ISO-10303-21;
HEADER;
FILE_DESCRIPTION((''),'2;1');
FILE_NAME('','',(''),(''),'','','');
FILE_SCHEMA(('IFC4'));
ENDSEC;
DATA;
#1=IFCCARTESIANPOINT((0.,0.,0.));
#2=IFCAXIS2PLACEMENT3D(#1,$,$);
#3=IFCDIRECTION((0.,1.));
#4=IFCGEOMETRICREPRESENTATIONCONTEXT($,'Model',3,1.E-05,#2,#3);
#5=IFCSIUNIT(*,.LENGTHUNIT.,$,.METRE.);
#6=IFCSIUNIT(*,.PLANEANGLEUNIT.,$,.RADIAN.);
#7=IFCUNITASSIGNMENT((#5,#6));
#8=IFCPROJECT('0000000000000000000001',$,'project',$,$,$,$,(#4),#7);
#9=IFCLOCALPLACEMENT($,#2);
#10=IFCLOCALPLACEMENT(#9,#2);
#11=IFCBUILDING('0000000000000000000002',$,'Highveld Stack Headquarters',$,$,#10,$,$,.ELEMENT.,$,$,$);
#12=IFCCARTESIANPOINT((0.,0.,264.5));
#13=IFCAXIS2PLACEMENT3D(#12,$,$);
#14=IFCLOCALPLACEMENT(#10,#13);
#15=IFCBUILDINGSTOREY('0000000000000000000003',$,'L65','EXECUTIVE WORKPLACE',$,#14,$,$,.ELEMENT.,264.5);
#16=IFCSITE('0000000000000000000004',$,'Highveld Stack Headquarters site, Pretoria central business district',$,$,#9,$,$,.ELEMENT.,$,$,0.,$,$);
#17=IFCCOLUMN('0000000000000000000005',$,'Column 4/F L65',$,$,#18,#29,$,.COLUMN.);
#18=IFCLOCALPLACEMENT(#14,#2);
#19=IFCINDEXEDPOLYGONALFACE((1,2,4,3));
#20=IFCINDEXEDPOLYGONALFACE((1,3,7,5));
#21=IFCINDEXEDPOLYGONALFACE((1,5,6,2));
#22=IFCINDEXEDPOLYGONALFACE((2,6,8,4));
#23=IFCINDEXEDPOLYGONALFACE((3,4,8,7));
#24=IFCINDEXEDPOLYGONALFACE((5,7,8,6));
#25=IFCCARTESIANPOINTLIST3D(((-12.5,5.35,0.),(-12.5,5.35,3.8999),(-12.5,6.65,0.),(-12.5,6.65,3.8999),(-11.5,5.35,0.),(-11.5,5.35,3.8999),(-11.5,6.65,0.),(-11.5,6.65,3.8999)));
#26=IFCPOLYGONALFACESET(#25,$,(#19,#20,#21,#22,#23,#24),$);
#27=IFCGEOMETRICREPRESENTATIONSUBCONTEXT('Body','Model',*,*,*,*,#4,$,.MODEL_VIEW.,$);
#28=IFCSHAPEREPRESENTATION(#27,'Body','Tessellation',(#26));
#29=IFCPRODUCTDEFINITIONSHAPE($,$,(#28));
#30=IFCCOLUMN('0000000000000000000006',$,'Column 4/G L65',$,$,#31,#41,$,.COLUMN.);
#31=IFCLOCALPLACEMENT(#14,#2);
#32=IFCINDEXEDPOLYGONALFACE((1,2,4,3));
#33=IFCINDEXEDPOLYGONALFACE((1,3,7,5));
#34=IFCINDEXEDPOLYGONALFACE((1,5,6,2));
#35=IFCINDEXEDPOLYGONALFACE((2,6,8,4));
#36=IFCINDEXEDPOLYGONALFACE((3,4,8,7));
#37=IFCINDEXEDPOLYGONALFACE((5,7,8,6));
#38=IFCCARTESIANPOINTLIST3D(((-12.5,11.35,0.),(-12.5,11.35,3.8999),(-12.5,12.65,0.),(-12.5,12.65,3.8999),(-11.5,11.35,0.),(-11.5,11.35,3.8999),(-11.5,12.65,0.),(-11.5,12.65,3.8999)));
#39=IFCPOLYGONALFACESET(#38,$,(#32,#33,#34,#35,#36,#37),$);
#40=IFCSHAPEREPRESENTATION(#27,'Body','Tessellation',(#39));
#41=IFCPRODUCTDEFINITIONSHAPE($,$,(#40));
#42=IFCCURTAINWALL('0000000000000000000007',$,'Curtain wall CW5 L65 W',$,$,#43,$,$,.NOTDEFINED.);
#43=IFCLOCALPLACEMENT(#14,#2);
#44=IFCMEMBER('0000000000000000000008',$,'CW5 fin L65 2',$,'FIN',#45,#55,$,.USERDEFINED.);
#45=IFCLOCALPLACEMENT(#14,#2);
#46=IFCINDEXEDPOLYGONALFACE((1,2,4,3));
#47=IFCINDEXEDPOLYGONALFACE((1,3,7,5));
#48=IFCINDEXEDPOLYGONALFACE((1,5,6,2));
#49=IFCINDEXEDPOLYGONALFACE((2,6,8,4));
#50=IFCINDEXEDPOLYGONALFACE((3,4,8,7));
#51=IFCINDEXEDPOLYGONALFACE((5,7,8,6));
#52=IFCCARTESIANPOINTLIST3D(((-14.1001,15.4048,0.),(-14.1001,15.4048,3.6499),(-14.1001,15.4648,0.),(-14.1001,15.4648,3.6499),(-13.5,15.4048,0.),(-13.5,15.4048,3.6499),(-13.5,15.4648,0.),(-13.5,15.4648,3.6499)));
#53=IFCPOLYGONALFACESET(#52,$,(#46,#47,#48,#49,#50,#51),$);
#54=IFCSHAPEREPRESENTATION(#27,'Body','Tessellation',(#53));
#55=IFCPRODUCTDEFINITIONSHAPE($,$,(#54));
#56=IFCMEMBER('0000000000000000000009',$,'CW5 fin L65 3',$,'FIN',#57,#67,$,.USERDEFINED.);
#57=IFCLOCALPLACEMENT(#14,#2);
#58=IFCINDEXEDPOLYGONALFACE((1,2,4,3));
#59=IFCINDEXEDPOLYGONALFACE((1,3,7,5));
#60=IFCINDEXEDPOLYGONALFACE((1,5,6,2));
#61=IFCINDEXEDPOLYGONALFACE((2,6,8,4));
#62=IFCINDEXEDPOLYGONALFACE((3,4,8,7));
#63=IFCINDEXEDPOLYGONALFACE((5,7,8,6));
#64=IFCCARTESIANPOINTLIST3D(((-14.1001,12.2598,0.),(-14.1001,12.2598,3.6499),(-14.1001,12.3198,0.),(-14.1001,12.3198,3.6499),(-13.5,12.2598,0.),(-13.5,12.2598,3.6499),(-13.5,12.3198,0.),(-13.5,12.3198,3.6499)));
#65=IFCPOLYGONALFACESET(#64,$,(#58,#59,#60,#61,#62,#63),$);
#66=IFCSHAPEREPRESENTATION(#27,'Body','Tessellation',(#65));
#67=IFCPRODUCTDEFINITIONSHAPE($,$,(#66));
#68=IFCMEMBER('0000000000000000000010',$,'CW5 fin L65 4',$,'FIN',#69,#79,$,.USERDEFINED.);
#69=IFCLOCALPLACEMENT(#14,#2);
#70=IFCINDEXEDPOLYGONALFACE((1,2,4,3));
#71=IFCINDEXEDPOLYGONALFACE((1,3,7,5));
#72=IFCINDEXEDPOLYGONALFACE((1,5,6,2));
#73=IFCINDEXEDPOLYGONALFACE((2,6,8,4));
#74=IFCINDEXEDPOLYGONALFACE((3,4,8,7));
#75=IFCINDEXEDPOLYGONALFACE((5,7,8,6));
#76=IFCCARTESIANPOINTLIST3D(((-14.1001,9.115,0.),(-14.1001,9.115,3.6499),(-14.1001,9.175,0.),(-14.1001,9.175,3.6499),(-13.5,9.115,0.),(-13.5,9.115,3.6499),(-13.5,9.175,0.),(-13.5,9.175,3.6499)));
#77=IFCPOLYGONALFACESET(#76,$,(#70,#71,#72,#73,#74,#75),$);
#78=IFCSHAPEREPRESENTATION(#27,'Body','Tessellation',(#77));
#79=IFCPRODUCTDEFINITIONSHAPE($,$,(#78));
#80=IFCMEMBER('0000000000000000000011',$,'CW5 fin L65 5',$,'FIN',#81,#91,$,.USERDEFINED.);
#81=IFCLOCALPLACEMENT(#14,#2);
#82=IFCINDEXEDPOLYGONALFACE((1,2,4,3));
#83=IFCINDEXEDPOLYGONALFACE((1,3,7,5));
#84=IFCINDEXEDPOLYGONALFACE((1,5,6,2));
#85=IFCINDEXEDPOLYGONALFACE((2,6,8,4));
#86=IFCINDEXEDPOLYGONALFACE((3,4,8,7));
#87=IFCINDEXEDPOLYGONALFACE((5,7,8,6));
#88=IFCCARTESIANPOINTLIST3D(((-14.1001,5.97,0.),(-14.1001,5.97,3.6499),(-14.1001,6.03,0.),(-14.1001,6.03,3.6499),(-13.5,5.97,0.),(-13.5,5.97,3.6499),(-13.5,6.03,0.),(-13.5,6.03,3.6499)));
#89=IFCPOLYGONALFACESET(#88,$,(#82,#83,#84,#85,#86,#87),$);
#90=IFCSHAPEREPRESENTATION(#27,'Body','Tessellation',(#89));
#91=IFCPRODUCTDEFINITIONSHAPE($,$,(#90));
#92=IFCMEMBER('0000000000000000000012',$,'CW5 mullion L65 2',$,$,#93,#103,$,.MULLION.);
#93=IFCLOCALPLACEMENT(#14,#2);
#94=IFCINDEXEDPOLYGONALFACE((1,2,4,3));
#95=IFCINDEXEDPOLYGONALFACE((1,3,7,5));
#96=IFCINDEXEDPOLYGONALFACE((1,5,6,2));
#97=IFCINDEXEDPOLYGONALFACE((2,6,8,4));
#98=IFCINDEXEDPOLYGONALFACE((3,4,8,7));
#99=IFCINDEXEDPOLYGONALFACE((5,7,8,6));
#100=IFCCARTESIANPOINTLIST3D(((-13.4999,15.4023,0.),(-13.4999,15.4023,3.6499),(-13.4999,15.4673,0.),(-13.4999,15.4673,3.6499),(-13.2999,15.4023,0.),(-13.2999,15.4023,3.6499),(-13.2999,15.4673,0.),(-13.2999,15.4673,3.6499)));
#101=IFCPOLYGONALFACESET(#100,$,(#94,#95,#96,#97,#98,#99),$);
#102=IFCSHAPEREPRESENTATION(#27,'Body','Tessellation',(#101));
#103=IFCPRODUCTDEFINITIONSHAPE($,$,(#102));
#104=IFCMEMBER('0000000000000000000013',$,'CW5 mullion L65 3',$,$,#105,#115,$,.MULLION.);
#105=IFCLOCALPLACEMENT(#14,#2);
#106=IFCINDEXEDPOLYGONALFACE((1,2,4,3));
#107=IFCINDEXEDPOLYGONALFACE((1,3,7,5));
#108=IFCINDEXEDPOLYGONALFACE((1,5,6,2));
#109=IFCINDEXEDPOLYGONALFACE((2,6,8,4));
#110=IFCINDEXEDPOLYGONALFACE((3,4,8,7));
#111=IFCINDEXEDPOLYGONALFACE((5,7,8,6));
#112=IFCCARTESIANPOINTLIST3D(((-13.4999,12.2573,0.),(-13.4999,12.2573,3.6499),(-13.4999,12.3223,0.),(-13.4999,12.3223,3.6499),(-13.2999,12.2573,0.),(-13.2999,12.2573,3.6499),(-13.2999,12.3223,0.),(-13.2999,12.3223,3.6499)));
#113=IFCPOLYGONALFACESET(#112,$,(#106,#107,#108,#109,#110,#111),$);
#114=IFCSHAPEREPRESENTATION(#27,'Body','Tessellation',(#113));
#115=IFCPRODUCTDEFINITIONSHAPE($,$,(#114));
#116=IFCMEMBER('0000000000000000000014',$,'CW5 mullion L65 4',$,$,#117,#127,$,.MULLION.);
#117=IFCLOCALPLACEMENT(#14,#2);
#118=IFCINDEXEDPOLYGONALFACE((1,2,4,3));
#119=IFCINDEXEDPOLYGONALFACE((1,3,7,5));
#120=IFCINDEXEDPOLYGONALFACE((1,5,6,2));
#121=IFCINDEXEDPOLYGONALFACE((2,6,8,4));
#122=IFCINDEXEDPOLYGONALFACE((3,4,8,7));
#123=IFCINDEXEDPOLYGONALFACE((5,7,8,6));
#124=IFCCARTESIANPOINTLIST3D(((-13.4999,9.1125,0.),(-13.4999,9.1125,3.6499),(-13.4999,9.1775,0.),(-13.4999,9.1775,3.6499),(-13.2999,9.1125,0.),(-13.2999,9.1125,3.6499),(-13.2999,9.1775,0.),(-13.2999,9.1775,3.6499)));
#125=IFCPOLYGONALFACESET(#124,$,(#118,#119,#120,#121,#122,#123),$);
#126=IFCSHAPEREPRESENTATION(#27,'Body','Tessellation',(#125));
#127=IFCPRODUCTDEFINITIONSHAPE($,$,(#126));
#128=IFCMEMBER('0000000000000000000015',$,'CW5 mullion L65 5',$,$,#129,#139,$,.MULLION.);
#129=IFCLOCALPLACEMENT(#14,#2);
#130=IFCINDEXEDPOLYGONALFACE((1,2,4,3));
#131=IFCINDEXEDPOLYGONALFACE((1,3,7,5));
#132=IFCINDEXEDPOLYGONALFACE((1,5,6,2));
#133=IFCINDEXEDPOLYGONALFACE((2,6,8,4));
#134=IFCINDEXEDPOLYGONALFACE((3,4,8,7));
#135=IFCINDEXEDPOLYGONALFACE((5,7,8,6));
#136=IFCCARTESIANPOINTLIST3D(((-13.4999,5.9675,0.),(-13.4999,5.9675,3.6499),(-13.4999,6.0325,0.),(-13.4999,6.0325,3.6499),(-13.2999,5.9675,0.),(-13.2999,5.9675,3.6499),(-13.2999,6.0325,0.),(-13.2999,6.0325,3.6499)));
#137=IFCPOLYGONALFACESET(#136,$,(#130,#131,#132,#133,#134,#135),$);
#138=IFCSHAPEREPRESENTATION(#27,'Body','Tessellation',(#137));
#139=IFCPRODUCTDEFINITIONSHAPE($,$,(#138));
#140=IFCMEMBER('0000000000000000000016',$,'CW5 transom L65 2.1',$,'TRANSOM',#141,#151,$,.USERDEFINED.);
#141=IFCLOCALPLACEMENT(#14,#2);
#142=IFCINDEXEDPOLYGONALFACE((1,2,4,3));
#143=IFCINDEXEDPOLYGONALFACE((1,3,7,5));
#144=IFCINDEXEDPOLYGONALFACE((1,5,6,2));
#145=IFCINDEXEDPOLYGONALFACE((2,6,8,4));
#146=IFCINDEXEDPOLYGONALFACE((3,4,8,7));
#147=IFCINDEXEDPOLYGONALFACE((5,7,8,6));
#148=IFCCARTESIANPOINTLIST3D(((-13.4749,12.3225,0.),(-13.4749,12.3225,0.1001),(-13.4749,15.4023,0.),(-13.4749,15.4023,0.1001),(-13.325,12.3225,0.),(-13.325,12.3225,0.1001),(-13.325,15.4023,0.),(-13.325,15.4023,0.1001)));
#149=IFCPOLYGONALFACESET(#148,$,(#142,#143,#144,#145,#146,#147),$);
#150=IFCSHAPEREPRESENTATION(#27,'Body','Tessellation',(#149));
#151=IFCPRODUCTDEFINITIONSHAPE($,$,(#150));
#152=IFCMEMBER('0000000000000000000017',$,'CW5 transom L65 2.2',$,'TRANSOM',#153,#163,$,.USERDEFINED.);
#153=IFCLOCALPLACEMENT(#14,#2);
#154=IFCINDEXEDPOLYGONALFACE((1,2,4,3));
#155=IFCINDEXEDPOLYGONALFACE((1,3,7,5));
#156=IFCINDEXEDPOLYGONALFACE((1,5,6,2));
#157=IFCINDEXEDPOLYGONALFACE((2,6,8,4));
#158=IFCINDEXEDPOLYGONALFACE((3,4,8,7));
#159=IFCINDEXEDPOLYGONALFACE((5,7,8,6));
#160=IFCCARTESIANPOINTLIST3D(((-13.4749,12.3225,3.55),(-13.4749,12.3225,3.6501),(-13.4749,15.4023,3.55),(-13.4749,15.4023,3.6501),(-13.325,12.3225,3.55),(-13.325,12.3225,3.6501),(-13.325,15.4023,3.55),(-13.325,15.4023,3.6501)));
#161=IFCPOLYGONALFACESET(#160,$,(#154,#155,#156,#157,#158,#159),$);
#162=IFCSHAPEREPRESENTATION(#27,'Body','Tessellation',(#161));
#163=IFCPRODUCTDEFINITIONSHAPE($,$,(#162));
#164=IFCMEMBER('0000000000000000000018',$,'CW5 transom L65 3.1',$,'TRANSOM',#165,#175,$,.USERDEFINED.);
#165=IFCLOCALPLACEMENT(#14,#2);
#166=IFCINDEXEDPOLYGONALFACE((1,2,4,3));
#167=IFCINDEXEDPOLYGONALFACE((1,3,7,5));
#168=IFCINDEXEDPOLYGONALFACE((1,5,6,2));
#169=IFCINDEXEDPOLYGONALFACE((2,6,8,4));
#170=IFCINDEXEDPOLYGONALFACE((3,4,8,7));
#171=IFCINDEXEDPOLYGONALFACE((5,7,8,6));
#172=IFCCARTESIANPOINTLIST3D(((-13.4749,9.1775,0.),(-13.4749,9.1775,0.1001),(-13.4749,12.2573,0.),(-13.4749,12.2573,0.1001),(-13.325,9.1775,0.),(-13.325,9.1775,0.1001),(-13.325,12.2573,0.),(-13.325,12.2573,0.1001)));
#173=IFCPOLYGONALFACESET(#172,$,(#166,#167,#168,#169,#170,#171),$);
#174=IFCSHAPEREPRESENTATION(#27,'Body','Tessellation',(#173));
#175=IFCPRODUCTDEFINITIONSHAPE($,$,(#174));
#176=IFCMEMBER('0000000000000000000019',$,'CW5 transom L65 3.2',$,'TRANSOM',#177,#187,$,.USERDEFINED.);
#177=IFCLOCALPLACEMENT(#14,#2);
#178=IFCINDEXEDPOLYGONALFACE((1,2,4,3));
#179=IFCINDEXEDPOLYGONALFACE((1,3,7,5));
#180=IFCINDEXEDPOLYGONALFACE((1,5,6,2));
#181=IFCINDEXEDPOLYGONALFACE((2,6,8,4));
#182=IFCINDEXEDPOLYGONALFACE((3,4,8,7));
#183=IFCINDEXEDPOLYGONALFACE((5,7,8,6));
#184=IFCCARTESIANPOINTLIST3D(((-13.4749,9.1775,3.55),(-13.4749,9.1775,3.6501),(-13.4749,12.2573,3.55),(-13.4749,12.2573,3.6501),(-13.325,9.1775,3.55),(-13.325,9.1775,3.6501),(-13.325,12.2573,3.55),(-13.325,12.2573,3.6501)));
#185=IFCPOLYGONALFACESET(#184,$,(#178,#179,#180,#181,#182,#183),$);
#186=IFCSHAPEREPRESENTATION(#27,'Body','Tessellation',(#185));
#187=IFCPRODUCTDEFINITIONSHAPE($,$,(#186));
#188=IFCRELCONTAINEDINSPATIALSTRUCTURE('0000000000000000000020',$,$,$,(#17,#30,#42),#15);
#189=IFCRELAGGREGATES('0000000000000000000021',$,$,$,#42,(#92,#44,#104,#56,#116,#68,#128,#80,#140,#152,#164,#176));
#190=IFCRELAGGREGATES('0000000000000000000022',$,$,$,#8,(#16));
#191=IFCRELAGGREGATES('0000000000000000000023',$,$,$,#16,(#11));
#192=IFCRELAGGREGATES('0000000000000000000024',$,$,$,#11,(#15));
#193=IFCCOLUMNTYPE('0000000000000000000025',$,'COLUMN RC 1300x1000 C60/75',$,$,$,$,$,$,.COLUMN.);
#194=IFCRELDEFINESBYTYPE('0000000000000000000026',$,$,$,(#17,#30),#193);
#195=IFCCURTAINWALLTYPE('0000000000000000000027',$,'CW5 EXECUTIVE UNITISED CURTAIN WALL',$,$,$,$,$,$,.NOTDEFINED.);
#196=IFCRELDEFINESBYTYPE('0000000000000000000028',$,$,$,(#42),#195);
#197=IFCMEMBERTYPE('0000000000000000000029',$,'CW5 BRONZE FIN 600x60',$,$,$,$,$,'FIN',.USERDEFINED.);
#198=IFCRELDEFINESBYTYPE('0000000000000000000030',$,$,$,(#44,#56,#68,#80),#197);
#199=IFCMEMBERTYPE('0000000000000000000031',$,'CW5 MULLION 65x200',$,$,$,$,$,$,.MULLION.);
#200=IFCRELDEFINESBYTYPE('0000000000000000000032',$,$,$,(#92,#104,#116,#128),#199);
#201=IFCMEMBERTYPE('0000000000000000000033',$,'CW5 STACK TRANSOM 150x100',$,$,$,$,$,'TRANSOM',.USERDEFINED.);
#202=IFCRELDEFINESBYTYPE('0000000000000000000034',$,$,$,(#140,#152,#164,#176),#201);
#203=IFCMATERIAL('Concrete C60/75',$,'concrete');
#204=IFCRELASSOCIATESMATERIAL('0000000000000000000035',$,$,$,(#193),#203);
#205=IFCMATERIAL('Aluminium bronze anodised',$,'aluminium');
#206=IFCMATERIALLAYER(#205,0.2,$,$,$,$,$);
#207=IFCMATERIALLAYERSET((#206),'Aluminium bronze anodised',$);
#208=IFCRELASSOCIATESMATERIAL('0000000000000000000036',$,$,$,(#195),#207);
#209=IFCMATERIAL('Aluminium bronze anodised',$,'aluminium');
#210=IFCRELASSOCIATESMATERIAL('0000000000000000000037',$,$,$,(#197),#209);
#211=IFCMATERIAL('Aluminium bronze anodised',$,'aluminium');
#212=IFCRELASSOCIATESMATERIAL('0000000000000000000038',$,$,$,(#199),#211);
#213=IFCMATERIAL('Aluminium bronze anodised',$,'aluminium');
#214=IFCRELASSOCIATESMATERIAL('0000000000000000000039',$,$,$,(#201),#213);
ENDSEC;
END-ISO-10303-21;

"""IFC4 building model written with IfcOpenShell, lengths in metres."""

from ifc_helpers import new_model, si_unit, direction, frame, origin, origin_2d, place, context, subcontext, project, spatial, rectangle, extrude, material, layer, layer_set, material_profile, profile_set, type_object, element, aggregate, save


model = new_model("IFC4")

# Units and contexts
model_context = context("Model", 3, precision=1e-05, world=origin(), true_north=direction((0.0, 1.0)))
body_context = subcontext(model_context, "Body", "Model", "MODEL_VIEW")
ifc_project = project(units=[si_unit("LENGTHUNIT", "METRE"), si_unit("PLANEANGLEUNIT", "RADIAN")], contexts=[model_context])

# Site, building, storey
site_placement = place(None, origin())
site = spatial("IfcSite", under=ifc_project, at=site_placement, Name="Highveld Stack Headquarters site, Pretoria central business district", CompositionType="ELEMENT", RefElevation=0.0)
building_placement = place(site_placement, origin())
building = spatial("IfcBuilding", under=site, at=building_placement, Name="Highveld Stack Headquarters", CompositionType="ELEMENT")
storey_placement = place(building_placement, frame((0.0, 0.0, 264.5)))
storey = spatial("IfcBuildingStorey", under=building, at=storey_placement, Name="L65", Description="EXECUTIVE WORKPLACE", CompositionType="ELEMENT", Elevation=264.5)

# Columns
ifc_material_1 = material(Name="Concrete C60/75", Category="concrete")
ifc_material_profile_1 = material_profile(ifc_material_1, rectangle(XDim=1.3, YDim=1.0, at=origin_2d()), Name="RC 1300x1000")
ifc_profile_set_1 = profile_set([ifc_material_profile_1], Name="Concrete C60/75")
column_type = type_object("IfcColumnType", Name="COLUMN RC 1300x1000 C60/75", PredefinedType="COLUMN", material=ifc_profile_set_1)
for number, where, z_axis, x_axis, name in (
    (1, (-12.0, 6.0, 0.0), (0.0, 0.0, 1.0), (0.0, 1.0, 0.0), "Column 4/F L65"),
    (2, (-12.0, 12.0, 0.0), (0.0, 0.0, 1.0), (0.0, 1.0, 0.0), "Column 4/G L65"),
):
    element("IfcColumn", number, at=place(storey_placement, frame(where, z_axis=z_axis, x_axis=x_axis)), inside=storey, type_object=column_type, Name=name, PredefinedType="COLUMN", context=body_context, shape_type="SweptSolid", body=[
        extrude(rectangle(XDim=1.3, YDim=1.0, at=origin_2d()), origin(), (0.0, 0.0, 1.0), 3.8999),
    ])

# Curtain wall, members
ifc_material_2 = material(Name="Aluminium bronze anodised", Category="aluminium")
ifc_layer_1 = layer(ifc_material_2, 0.2)
ifc_layer_set_1 = layer_set([ifc_layer_1], Name="Aluminium bronze anodised")
curtain_wall_type = type_object("IfcCurtainWallType", Name="CW5 EXECUTIVE UNITISED CURTAIN WALL", PredefinedType="NOTDEFINED", material=ifc_layer_set_1)
curtain_wall_placement = place(storey_placement, origin())
curtain_wall = element("IfcCurtainWall", 3, at=curtain_wall_placement, inside=storey, type_object=curtain_wall_type, Name="Curtain wall CW5 L65 W", PredefinedType="NOTDEFINED")
ifc_material_3 = material(Name="Aluminium bronze anodised", Category="aluminium")
ifc_material_profile_2 = material_profile(ifc_material_3, rectangle(XDim=0.6001, YDim=0.0601, at=origin_2d()), Name="FIN 600x60")
ifc_profile_set_2 = profile_set([ifc_material_profile_2], Name="Aluminium bronze anodised")
member_type_1 = type_object("IfcMemberType", Name="CW5 BRONZE FIN 600x60", ElementType="FIN", PredefinedType="USERDEFINED", material=ifc_profile_set_2)
member_1_placement = place(storey_placement, frame((-13.8, 15.4348, 0.0), z_axis=(0.0, 0.0, 1.0), x_axis=(1.0, 0.0, 0.0)))
member_1 = element("IfcMember", 4, at=member_1_placement, type_object=member_type_1, Name="CW5 fin L65 2", ObjectType="FIN", PredefinedType="USERDEFINED", context=body_context, shape_type="SweptSolid", body=[
    extrude(rectangle(XDim=0.6001, YDim=0.0601, at=origin_2d()), origin(), (0.0, 0.0, 1.0), 3.6499),
])
member_2_placement = place(storey_placement, frame((-13.8, 12.2898, 0.0), z_axis=(0.0, 0.0, 1.0), x_axis=(1.0, 0.0, 0.0)))
member_2 = element("IfcMember", 5, at=member_2_placement, type_object=member_type_1, Name="CW5 fin L65 3", ObjectType="FIN", PredefinedType="USERDEFINED", context=body_context, shape_type="SweptSolid", body=[
    extrude(rectangle(XDim=0.6001, YDim=0.0601, at=origin_2d()), origin(), (0.0, 0.0, 1.0), 3.6499),
])
member_3_placement = place(storey_placement, frame((-13.8, 9.145, 0.0), z_axis=(0.0, 0.0, 1.0), x_axis=(1.0, 0.0, 0.0)))
member_3 = element("IfcMember", 6, at=member_3_placement, type_object=member_type_1, Name="CW5 fin L65 4", ObjectType="FIN", PredefinedType="USERDEFINED", context=body_context, shape_type="SweptSolid", body=[
    extrude(rectangle(XDim=0.6001, YDim=0.0601, at=origin_2d()), origin(), (0.0, 0.0, 1.0), 3.6499),
])
member_4_placement = place(storey_placement, frame((-13.8, 6.0, 0.0), z_axis=(0.0, 0.0, 1.0), x_axis=(1.0, 0.0, 0.0)))
member_4 = element("IfcMember", 7, at=member_4_placement, type_object=member_type_1, Name="CW5 fin L65 5", ObjectType="FIN", PredefinedType="USERDEFINED", context=body_context, shape_type="SweptSolid", body=[
    extrude(rectangle(XDim=0.6001, YDim=0.0601, at=origin_2d()), origin(), (0.0, 0.0, 1.0), 3.6499),
])
ifc_material_4 = material(Name="Aluminium bronze anodised", Category="aluminium")
ifc_material_profile_3 = material_profile(ifc_material_4, rectangle(XDim=0.2, YDim=0.0649, at=origin_2d()), Name="CW5 MULLION 65x200")
ifc_profile_set_3 = profile_set([ifc_material_profile_3], Name="Aluminium bronze anodised")
member_type_2 = type_object("IfcMemberType", Name="CW5 MULLION 65x200", PredefinedType="MULLION", material=ifc_profile_set_3)
member_5_placement = place(storey_placement, frame((-13.3999, 15.4348, 0.0), z_axis=(0.0, 0.0, 1.0), x_axis=(1.0, 0.0, 0.0)))
member_5 = element("IfcMember", 8, at=member_5_placement, type_object=member_type_2, Name="CW5 mullion L65 2", PredefinedType="MULLION", context=body_context, shape_type="SweptSolid", body=[
    extrude(rectangle(XDim=0.2, YDim=0.0649, at=origin_2d()), origin(), (0.0, 0.0, 1.0), 3.6499),
])
member_6_placement = place(storey_placement, frame((-13.3999, 12.2898, 0.0), z_axis=(0.0, 0.0, 1.0), x_axis=(1.0, 0.0, 0.0)))
member_6 = element("IfcMember", 9, at=member_6_placement, type_object=member_type_2, Name="CW5 mullion L65 3", PredefinedType="MULLION", context=body_context, shape_type="SweptSolid", body=[
    extrude(rectangle(XDim=0.2, YDim=0.0649, at=origin_2d()), origin(), (0.0, 0.0, 1.0), 3.6499),
])
member_7_placement = place(storey_placement, frame((-13.3999, 9.145, 0.0), z_axis=(0.0, 0.0, 1.0), x_axis=(1.0, 0.0, 0.0)))
member_7 = element("IfcMember", 10, at=member_7_placement, type_object=member_type_2, Name="CW5 mullion L65 4", PredefinedType="MULLION", context=body_context, shape_type="SweptSolid", body=[
    extrude(rectangle(XDim=0.2, YDim=0.0649, at=origin_2d()), origin(), (0.0, 0.0, 1.0), 3.6499),
])
member_8_placement = place(storey_placement, frame((-13.3999, 6.0, 0.0), z_axis=(0.0, 0.0, 1.0), x_axis=(1.0, 0.0, 0.0)))
member_8 = element("IfcMember", 11, at=member_8_placement, type_object=member_type_2, Name="CW5 mullion L65 5", PredefinedType="MULLION", context=body_context, shape_type="SweptSolid", body=[
    extrude(rectangle(XDim=0.2, YDim=0.0649, at=origin_2d()), origin(), (0.0, 0.0, 1.0), 3.6499),
])
ifc_material_5 = material(Name="Aluminium bronze anodised", Category="aluminium")
ifc_material_profile_4 = material_profile(ifc_material_5, rectangle(XDim=0.1499, YDim=0.1001, at=origin_2d()), Name="CW5 TRANSOM 150x100")
ifc_profile_set_4 = profile_set([ifc_material_profile_4], Name="Aluminium bronze anodised")
member_type_3 = type_object("IfcMemberType", Name="CW5 STACK TRANSOM 150x100", ElementType="TRANSOM", PredefinedType="USERDEFINED", material=ifc_profile_set_4)
member_9_placement = place(storey_placement, frame((-13.3999, 15.4023, 0.05), z_axis=(0.0, -1.0, 0.0), x_axis=(1.0, 0.0, 0.0)))
member_9 = element("IfcMember", 12, at=member_9_placement, type_object=member_type_3, Name="CW5 transom L65 2.1", ObjectType="TRANSOM", PredefinedType="USERDEFINED", context=body_context, shape_type="SweptSolid", body=[
    extrude(rectangle(XDim=0.1499, YDim=0.1001, at=origin_2d()), origin(), (0.0, 0.0, 1.0), 3.0798),
])
member_10_placement = place(storey_placement, frame((-13.3999, 15.4023, 3.6001), z_axis=(0.0, -1.0, 0.0), x_axis=(1.0, 0.0, 0.0)))
member_10 = element("IfcMember", 13, at=member_10_placement, type_object=member_type_3, Name="CW5 transom L65 2.2", ObjectType="TRANSOM", PredefinedType="USERDEFINED", context=body_context, shape_type="SweptSolid", body=[
    extrude(rectangle(XDim=0.1499, YDim=0.1001, at=origin_2d()), origin(), (0.0, 0.0, 1.0), 3.0798),
])
member_11_placement = place(storey_placement, frame((-13.3999, 12.2573, 0.05), z_axis=(0.0, -1.0, 0.0), x_axis=(1.0, 0.0, 0.0)))
member_11 = element("IfcMember", 14, at=member_11_placement, type_object=member_type_3, Name="CW5 transom L65 3.1", ObjectType="TRANSOM", PredefinedType="USERDEFINED", context=body_context, shape_type="SweptSolid", body=[
    extrude(rectangle(XDim=0.1499, YDim=0.1001, at=origin_2d()), origin(), (0.0, 0.0, 1.0), 3.0798),
])
member_12_placement = place(storey_placement, frame((-13.3999, 12.2573, 3.6001), z_axis=(0.0, -1.0, 0.0), x_axis=(1.0, 0.0, 0.0)))
member_12 = element("IfcMember", 15, at=member_12_placement, type_object=member_type_3, Name="CW5 transom L65 3.2", ObjectType="TRANSOM", PredefinedType="USERDEFINED", context=body_context, shape_type="SweptSolid", body=[
    extrude(rectangle(XDim=0.1499, YDim=0.1001, at=origin_2d()), origin(), (0.0, 0.0, 1.0), 3.0798),
])
aggregate(curtain_wall, [member_5, member_1, member_6, member_2, member_7, member_3, member_8, member_4, member_9, member_10, member_11, member_12])

save(model, "model.ifc")
